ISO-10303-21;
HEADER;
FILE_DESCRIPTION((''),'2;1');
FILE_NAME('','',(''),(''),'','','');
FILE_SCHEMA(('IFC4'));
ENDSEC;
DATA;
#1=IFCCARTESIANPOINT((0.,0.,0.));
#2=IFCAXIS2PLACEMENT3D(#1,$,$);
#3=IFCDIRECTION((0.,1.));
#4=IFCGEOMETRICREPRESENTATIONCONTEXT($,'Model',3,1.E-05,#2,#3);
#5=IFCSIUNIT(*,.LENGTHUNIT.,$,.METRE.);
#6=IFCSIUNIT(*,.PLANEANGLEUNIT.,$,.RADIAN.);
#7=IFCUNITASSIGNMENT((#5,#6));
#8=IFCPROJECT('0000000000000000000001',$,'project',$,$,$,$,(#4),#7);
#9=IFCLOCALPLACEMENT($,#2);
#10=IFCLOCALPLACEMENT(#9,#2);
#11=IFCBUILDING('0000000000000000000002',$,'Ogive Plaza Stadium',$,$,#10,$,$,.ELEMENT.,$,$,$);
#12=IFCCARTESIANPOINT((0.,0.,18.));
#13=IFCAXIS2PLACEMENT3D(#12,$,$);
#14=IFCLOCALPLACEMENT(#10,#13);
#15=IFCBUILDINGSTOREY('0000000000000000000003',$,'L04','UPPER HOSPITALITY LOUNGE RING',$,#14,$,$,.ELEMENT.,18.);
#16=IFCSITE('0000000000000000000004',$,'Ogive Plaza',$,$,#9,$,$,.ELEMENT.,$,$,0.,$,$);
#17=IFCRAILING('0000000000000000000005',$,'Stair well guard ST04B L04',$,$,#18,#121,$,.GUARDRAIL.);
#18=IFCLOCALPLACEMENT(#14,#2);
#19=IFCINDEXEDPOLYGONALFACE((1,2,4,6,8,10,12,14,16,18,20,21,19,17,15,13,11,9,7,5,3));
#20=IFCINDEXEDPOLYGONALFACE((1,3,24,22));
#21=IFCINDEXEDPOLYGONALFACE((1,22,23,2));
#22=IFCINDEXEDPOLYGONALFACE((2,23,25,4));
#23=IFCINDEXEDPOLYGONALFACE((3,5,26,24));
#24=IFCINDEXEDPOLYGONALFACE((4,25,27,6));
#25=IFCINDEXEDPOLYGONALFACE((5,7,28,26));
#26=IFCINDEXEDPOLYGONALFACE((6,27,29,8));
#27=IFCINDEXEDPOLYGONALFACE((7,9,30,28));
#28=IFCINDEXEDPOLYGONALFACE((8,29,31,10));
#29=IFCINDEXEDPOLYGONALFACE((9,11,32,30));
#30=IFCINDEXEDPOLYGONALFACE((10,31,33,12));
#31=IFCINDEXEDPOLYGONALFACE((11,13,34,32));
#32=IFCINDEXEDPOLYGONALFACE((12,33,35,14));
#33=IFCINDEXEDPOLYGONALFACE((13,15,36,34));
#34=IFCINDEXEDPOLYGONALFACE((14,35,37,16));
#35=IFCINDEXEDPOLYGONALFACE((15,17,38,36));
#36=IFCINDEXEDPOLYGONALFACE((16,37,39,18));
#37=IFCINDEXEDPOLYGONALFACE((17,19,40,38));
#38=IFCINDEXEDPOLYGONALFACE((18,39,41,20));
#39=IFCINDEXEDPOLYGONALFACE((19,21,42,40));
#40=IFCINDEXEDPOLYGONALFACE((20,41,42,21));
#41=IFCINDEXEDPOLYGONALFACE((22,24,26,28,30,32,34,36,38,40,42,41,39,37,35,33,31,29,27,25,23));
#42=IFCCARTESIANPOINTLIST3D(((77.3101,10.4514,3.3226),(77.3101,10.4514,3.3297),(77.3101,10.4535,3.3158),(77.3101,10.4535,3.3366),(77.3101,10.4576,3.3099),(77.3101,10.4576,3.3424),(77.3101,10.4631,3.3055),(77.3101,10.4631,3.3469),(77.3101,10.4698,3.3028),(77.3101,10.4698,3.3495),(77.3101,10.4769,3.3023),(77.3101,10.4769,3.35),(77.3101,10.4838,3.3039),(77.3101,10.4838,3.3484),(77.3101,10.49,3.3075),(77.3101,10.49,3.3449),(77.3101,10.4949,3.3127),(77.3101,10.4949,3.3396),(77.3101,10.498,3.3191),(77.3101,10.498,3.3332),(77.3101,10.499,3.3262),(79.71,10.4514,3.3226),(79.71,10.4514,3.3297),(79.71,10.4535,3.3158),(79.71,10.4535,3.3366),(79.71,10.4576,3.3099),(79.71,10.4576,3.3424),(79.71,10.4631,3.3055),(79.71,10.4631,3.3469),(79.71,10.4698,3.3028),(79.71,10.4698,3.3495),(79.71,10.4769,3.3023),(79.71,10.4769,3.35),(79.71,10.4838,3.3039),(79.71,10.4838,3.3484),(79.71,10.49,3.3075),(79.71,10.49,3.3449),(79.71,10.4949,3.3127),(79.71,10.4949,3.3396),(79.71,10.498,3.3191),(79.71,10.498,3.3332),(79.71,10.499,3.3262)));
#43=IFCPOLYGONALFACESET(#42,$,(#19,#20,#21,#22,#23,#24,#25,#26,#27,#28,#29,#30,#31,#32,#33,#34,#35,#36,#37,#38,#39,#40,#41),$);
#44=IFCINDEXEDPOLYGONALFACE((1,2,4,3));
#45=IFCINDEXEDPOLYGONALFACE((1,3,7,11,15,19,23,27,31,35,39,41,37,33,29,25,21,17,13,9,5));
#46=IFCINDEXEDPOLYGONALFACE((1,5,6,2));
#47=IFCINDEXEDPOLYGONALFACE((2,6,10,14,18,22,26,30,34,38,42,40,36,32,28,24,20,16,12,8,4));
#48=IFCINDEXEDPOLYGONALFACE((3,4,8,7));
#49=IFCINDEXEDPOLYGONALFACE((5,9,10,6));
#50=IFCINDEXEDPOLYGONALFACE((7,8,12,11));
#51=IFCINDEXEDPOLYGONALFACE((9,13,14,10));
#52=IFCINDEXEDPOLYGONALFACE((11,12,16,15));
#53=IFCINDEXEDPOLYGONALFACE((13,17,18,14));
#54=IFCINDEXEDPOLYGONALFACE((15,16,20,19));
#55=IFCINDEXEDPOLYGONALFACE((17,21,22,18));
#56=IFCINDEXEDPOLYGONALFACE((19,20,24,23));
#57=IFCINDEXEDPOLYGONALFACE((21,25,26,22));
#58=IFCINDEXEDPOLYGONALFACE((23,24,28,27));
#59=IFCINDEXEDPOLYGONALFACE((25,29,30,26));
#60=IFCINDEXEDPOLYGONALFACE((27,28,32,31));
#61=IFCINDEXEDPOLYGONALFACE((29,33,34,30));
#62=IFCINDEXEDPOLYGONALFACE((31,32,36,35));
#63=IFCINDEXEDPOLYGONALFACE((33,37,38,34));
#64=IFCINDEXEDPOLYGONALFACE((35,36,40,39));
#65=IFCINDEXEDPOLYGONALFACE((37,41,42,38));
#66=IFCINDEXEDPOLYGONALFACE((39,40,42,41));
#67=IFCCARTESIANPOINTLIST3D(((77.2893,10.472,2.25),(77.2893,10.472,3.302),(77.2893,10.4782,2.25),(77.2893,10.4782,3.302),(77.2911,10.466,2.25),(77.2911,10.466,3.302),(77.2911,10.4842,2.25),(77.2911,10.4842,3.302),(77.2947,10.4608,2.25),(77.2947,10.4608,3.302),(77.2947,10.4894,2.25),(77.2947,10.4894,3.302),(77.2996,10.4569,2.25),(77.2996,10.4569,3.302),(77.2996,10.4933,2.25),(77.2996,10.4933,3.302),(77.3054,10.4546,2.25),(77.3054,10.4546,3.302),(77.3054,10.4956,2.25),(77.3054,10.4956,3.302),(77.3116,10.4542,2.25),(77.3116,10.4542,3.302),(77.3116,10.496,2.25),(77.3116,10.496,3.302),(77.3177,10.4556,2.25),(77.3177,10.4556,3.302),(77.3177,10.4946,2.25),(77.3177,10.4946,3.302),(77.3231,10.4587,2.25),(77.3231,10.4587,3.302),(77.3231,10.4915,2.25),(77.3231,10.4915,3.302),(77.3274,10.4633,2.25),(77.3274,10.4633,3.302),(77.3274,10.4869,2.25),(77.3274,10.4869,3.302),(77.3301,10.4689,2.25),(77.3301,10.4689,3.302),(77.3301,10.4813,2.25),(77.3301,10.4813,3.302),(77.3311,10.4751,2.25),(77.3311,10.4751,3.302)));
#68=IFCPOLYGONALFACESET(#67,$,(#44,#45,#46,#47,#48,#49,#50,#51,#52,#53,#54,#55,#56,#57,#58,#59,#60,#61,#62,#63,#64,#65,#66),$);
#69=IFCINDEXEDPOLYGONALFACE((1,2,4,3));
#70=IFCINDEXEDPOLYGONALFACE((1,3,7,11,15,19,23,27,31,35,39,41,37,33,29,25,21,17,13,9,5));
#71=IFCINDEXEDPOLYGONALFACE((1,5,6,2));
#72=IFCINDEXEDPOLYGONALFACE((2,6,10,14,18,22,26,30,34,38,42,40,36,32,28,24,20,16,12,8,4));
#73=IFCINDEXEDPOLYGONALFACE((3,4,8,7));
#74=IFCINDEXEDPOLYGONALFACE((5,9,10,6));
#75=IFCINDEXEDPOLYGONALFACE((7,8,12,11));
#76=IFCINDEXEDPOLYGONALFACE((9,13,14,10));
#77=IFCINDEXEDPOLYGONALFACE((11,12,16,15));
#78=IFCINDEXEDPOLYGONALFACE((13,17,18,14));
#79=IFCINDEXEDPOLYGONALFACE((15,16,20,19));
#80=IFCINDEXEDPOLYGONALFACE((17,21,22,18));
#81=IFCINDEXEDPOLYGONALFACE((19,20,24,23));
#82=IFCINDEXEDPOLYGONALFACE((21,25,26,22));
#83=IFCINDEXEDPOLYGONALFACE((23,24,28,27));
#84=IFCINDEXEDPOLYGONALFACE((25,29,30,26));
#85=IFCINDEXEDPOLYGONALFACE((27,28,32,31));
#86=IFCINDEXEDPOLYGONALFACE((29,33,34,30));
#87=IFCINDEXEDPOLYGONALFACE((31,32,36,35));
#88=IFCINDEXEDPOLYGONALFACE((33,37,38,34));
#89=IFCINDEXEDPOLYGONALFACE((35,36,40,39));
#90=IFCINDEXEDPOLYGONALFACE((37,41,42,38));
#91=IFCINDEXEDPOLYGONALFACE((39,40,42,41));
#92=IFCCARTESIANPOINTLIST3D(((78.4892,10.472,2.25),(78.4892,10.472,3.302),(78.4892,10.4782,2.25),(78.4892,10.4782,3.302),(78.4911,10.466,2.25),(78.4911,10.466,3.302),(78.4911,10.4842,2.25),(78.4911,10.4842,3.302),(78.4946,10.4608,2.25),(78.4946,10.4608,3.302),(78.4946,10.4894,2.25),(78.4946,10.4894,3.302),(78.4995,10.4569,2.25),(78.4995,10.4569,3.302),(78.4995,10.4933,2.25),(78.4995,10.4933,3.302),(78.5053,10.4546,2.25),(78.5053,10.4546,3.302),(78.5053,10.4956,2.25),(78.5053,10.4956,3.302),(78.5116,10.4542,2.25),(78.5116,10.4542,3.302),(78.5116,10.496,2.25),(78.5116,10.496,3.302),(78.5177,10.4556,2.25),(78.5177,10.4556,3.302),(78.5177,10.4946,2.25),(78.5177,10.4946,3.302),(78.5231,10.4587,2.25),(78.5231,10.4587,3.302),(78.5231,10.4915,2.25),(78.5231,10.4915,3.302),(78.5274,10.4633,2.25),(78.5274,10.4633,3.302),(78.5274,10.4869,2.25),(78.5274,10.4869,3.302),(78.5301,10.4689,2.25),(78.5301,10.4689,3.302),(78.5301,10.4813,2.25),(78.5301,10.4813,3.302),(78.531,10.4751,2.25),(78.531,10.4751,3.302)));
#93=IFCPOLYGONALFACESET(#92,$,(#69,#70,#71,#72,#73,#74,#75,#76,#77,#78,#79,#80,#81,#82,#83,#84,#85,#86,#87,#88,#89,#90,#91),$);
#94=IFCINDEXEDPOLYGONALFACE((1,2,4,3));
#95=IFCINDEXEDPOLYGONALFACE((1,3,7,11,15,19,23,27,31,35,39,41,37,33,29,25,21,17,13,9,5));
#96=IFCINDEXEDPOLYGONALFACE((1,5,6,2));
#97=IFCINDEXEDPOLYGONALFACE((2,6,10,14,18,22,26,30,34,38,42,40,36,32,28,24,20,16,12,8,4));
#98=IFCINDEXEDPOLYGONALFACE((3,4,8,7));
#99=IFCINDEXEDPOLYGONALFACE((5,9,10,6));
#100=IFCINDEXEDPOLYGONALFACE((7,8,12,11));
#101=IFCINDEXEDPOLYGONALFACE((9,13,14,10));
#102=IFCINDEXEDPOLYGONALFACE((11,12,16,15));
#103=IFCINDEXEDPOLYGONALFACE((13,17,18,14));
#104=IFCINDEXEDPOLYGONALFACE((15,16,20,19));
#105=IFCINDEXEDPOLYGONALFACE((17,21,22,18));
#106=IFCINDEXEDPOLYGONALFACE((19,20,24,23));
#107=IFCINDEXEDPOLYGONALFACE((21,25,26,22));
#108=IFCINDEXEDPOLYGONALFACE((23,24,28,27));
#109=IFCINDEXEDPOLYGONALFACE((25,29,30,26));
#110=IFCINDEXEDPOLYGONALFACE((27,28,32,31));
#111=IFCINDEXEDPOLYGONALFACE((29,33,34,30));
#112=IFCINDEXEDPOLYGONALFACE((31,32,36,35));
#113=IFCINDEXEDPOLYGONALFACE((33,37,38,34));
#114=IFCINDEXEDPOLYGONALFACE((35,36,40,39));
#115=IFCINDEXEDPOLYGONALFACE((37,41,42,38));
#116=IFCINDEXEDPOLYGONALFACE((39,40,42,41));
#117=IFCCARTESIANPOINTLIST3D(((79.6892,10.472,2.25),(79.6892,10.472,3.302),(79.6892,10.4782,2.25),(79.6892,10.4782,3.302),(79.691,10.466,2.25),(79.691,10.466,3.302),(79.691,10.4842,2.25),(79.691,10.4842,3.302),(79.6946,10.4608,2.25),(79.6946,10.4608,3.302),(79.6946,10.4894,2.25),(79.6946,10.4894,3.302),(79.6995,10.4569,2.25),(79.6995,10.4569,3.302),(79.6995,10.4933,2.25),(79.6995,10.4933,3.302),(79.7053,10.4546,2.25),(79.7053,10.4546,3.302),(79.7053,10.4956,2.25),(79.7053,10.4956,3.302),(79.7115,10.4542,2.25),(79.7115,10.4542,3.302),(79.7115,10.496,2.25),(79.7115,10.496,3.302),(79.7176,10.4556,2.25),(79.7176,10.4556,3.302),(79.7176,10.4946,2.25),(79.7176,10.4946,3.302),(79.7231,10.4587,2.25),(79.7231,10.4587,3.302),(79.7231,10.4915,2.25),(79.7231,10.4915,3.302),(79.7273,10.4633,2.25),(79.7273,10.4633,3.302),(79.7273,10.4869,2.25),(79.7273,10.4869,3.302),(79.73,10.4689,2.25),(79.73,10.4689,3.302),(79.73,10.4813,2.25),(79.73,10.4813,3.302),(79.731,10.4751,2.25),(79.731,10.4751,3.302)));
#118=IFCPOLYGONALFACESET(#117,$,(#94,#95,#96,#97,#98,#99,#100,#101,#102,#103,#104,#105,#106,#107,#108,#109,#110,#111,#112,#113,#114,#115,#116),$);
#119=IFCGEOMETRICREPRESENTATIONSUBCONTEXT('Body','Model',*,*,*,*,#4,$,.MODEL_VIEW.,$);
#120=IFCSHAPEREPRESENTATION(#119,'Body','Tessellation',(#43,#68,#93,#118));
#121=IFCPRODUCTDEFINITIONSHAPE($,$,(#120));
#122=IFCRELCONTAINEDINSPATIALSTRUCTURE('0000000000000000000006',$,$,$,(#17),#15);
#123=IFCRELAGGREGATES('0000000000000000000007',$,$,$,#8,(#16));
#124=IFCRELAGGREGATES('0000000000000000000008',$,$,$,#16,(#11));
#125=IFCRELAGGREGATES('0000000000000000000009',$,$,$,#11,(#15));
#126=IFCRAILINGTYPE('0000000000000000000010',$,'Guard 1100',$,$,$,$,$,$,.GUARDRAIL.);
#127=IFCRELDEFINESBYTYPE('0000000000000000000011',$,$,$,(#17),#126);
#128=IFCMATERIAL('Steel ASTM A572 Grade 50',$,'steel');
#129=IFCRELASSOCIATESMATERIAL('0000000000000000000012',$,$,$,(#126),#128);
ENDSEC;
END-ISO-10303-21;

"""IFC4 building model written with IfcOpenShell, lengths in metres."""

from ifc_helpers import new_model, si_unit, direction, frame, origin, origin_2d, place, context, subcontext, project, spatial, circle, extrude, material, type_object, element, save


model = new_model("IFC4")

# Units and contexts
model_context = context("Model", 3, precision=1e-05, world=origin(), true_north=direction((0.0, 1.0)))
body_context = subcontext(model_context, "Body", "Model", "MODEL_VIEW")
ifc_project = project(units=[si_unit("LENGTHUNIT", "METRE"), si_unit("PLANEANGLEUNIT", "RADIAN")], contexts=[model_context])

# Site, building, storey
site_placement = place(None, origin())
site = spatial("IfcSite", under=ifc_project, at=site_placement, Name="Ogive Plaza", CompositionType="ELEMENT", RefElevation=0.0)
building_placement = place(site_placement, origin())
building = spatial("IfcBuilding", under=site, at=building_placement, Name="Ogive Plaza Stadium", CompositionType="ELEMENT")
storey_placement = place(building_placement, frame((0.0, 0.0, 18.0)))
storey = spatial("IfcBuildingStorey", under=building, at=storey_placement, Name="L04", Description="UPPER HOSPITALITY LOUNGE RING", CompositionType="ELEMENT", Elevation=18.0)

# Railing
ifc_material_1 = material(Name="Steel ASTM A572 Grade 50", Category="steel")
railing_type_1 = type_object("IfcRailingType", Name="Guard 1100", PredefinedType="GUARDRAIL", material=ifc_material_1)
for number, where, name in (
    (1, (77.3101, 10.4751, 2.25), "Stair well guard ST04B L04"),
):
    element("IfcRailing", number, at=place(storey_placement, frame(where)), inside=storey, type_object=railing_type_1, Name=name, PredefinedType="GUARDRAIL", context=body_context, shape_type="SweptSolid", body=[
        extrude(circle(Radius=0.0239, at=origin_2d()), frame((0.0, 0.0, 1.0762), z_axis=(1.0, 0.0, 0.0), x_axis=(0.0, 1.0, 0.0)), (0.0, 0.0, 1.0), 2.3999),
        extrude(circle(Radius=0.021, at=origin_2d()), origin(), (0.0, 0.0, 1.0), 1.052),
        extrude(circle(Radius=0.021, at=origin_2d()), frame((1.2, 0.0, 0.0)), (0.0, 0.0, 1.0), 1.052),
        extrude(circle(Radius=0.021, at=origin_2d()), frame((2.3999, 0.0, 0.0)), (0.0, 0.0, 1.0), 1.052),
    ])

save(model, "model.ifc")
